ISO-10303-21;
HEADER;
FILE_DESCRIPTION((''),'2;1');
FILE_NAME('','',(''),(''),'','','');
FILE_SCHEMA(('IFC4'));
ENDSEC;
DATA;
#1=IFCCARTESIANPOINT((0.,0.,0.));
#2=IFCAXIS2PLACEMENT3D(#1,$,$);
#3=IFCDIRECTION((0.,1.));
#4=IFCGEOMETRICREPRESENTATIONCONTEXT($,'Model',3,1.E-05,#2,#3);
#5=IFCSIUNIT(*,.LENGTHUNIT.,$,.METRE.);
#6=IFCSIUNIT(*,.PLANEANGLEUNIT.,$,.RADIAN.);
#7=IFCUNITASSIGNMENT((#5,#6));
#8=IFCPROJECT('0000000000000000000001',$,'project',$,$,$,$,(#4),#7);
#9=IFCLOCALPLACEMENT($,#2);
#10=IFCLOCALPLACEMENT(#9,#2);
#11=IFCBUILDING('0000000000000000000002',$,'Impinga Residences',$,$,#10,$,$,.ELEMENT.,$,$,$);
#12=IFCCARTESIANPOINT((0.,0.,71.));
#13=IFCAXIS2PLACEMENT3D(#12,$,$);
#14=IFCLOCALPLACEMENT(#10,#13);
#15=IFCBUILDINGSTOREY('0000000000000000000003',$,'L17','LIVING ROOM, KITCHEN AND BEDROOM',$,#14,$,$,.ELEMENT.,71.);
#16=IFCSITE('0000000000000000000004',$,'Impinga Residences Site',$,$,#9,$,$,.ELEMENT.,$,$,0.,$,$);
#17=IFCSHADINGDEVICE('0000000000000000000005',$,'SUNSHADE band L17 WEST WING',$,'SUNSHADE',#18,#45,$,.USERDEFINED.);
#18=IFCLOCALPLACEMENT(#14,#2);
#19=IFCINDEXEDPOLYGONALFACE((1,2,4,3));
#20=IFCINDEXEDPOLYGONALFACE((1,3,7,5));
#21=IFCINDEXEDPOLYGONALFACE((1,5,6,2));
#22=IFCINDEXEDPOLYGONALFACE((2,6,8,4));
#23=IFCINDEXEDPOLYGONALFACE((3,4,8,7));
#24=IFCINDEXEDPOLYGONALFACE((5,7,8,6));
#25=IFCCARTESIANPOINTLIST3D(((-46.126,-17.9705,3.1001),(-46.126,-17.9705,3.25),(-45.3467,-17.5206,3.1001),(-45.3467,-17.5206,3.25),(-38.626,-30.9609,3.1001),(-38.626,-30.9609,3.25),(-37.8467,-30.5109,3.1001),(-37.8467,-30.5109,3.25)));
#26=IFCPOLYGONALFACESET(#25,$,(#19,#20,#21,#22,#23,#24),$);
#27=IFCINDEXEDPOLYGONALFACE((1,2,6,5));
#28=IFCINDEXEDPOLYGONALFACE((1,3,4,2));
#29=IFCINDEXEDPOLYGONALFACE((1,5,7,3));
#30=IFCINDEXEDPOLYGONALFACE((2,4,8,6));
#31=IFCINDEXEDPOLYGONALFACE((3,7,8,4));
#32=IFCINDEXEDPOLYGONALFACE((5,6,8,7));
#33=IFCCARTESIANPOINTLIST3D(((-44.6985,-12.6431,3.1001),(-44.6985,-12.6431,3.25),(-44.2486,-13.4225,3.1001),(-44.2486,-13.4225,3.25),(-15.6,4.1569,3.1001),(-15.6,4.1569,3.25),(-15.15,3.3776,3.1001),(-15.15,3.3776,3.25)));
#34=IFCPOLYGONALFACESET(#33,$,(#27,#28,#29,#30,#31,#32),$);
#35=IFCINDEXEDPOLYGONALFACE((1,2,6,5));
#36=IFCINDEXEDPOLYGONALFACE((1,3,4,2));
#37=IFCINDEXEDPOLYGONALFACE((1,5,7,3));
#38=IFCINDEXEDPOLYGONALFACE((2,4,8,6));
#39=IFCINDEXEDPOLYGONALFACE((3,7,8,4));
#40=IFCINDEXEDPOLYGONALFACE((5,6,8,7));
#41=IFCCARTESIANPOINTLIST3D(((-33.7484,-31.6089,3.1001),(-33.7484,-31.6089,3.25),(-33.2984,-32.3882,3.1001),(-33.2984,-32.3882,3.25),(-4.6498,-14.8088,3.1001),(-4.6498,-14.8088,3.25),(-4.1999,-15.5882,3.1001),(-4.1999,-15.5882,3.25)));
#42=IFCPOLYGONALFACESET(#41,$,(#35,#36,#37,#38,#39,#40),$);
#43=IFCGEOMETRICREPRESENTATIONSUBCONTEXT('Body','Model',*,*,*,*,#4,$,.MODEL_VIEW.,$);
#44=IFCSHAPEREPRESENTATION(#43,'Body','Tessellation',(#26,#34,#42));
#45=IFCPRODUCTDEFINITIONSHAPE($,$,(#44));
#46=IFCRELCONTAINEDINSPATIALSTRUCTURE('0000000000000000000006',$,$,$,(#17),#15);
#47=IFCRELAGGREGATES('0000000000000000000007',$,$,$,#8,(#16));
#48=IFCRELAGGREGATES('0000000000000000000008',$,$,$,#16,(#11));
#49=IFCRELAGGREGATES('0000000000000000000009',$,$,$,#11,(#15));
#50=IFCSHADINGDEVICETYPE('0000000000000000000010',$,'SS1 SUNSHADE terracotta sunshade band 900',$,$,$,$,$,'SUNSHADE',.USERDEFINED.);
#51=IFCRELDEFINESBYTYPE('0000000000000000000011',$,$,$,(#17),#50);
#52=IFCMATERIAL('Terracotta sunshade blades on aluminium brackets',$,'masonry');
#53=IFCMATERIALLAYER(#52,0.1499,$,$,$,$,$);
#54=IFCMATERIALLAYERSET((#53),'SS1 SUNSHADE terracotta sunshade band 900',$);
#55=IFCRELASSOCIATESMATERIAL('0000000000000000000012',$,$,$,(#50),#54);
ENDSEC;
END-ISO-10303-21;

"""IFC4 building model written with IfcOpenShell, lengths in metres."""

from ifc_helpers import new_model, si_unit, direction, frame, origin, origin_2d, place, context, subcontext, project, spatial, rectangle, extrude, material, layer, layer_set, type_object, element, save


model = new_model("IFC4")

# Units and contexts
model_context = context("Model", 3, precision=1e-05, world=origin(), true_north=direction((0.0, 1.0)))
body_context = subcontext(model_context, "Body", "Model", "MODEL_VIEW")
ifc_project = project(units=[si_unit("LENGTHUNIT", "METRE"), si_unit("PLANEANGLEUNIT", "RADIAN")], contexts=[model_context])

# Site, building, storey
site_placement = place(None, origin())
site = spatial("IfcSite", under=ifc_project, at=site_placement, Name="Impinga Residences Site", CompositionType="ELEMENT", RefElevation=0.0)
building_placement = place(site_placement, origin())
building = spatial("IfcBuilding", under=site, at=building_placement, Name="Impinga Residences", CompositionType="ELEMENT")
storey_placement = place(building_placement, frame((0.0, 0.0, 71.0)))
storey = spatial("IfcBuildingStorey", under=building, at=storey_placement, Name="L17", Description="LIVING ROOM, KITCHEN AND BEDROOM", CompositionType="ELEMENT", Elevation=71.0)

# Shading device
ifc_material_1 = material(Name="Terracotta sunshade blades on aluminium brackets", Category="masonry")
ifc_layer_1 = layer(ifc_material_1, 0.1499)
ifc_layer_set_1 = layer_set([ifc_layer_1], Name="SS1 SUNSHADE terracotta sunshade band 900")
shading_device_type = type_object("IfcShadingDeviceType", Name="SS1 SUNSHADE terracotta sunshade band 900", ElementType="SUNSHADE", PredefinedType="USERDEFINED", material=ifc_layer_set_1)
shading_device_placement = place(storey_placement, frame((-41.9863, -24.2407, 3.1001), z_axis=(0.0, 0.0, 1.0), x_axis=(-0.5, 0.866025, 0.0)))
element("IfcShadingDevice", 1, at=shading_device_placement, inside=storey, type_object=shading_device_type, Name="SUNSHADE band L17 WEST WING", ObjectType="SUNSHADE", PredefinedType="USERDEFINED", context=body_context, shape_type="SweptSolid", body=[
    extrude(rectangle(XDim=15.0, YDim=0.8999, at=origin_2d()), origin(), (0.0, 0.0, 1.0), 0.1499),
    extrude(rectangle(XDim=33.6001, YDim=0.8999, at=origin_2d()), frame((10.95, -20.25, 0.0), z_axis=(0.0, 0.0, 1.0), x_axis=(0.0, -1.0, 0.0)), (0.0, 0.0, 1.0), 0.1499),
    extrude(rectangle(XDim=33.6001, YDim=0.8999, at=origin_2d()), frame((-10.95, -20.2502, 0.0), z_axis=(0.0, 0.0, 1.0), x_axis=(0.0, 1.0, 0.0)), (0.0, 0.0, 1.0), 0.1499),
])

save(model, "model.ifc")
